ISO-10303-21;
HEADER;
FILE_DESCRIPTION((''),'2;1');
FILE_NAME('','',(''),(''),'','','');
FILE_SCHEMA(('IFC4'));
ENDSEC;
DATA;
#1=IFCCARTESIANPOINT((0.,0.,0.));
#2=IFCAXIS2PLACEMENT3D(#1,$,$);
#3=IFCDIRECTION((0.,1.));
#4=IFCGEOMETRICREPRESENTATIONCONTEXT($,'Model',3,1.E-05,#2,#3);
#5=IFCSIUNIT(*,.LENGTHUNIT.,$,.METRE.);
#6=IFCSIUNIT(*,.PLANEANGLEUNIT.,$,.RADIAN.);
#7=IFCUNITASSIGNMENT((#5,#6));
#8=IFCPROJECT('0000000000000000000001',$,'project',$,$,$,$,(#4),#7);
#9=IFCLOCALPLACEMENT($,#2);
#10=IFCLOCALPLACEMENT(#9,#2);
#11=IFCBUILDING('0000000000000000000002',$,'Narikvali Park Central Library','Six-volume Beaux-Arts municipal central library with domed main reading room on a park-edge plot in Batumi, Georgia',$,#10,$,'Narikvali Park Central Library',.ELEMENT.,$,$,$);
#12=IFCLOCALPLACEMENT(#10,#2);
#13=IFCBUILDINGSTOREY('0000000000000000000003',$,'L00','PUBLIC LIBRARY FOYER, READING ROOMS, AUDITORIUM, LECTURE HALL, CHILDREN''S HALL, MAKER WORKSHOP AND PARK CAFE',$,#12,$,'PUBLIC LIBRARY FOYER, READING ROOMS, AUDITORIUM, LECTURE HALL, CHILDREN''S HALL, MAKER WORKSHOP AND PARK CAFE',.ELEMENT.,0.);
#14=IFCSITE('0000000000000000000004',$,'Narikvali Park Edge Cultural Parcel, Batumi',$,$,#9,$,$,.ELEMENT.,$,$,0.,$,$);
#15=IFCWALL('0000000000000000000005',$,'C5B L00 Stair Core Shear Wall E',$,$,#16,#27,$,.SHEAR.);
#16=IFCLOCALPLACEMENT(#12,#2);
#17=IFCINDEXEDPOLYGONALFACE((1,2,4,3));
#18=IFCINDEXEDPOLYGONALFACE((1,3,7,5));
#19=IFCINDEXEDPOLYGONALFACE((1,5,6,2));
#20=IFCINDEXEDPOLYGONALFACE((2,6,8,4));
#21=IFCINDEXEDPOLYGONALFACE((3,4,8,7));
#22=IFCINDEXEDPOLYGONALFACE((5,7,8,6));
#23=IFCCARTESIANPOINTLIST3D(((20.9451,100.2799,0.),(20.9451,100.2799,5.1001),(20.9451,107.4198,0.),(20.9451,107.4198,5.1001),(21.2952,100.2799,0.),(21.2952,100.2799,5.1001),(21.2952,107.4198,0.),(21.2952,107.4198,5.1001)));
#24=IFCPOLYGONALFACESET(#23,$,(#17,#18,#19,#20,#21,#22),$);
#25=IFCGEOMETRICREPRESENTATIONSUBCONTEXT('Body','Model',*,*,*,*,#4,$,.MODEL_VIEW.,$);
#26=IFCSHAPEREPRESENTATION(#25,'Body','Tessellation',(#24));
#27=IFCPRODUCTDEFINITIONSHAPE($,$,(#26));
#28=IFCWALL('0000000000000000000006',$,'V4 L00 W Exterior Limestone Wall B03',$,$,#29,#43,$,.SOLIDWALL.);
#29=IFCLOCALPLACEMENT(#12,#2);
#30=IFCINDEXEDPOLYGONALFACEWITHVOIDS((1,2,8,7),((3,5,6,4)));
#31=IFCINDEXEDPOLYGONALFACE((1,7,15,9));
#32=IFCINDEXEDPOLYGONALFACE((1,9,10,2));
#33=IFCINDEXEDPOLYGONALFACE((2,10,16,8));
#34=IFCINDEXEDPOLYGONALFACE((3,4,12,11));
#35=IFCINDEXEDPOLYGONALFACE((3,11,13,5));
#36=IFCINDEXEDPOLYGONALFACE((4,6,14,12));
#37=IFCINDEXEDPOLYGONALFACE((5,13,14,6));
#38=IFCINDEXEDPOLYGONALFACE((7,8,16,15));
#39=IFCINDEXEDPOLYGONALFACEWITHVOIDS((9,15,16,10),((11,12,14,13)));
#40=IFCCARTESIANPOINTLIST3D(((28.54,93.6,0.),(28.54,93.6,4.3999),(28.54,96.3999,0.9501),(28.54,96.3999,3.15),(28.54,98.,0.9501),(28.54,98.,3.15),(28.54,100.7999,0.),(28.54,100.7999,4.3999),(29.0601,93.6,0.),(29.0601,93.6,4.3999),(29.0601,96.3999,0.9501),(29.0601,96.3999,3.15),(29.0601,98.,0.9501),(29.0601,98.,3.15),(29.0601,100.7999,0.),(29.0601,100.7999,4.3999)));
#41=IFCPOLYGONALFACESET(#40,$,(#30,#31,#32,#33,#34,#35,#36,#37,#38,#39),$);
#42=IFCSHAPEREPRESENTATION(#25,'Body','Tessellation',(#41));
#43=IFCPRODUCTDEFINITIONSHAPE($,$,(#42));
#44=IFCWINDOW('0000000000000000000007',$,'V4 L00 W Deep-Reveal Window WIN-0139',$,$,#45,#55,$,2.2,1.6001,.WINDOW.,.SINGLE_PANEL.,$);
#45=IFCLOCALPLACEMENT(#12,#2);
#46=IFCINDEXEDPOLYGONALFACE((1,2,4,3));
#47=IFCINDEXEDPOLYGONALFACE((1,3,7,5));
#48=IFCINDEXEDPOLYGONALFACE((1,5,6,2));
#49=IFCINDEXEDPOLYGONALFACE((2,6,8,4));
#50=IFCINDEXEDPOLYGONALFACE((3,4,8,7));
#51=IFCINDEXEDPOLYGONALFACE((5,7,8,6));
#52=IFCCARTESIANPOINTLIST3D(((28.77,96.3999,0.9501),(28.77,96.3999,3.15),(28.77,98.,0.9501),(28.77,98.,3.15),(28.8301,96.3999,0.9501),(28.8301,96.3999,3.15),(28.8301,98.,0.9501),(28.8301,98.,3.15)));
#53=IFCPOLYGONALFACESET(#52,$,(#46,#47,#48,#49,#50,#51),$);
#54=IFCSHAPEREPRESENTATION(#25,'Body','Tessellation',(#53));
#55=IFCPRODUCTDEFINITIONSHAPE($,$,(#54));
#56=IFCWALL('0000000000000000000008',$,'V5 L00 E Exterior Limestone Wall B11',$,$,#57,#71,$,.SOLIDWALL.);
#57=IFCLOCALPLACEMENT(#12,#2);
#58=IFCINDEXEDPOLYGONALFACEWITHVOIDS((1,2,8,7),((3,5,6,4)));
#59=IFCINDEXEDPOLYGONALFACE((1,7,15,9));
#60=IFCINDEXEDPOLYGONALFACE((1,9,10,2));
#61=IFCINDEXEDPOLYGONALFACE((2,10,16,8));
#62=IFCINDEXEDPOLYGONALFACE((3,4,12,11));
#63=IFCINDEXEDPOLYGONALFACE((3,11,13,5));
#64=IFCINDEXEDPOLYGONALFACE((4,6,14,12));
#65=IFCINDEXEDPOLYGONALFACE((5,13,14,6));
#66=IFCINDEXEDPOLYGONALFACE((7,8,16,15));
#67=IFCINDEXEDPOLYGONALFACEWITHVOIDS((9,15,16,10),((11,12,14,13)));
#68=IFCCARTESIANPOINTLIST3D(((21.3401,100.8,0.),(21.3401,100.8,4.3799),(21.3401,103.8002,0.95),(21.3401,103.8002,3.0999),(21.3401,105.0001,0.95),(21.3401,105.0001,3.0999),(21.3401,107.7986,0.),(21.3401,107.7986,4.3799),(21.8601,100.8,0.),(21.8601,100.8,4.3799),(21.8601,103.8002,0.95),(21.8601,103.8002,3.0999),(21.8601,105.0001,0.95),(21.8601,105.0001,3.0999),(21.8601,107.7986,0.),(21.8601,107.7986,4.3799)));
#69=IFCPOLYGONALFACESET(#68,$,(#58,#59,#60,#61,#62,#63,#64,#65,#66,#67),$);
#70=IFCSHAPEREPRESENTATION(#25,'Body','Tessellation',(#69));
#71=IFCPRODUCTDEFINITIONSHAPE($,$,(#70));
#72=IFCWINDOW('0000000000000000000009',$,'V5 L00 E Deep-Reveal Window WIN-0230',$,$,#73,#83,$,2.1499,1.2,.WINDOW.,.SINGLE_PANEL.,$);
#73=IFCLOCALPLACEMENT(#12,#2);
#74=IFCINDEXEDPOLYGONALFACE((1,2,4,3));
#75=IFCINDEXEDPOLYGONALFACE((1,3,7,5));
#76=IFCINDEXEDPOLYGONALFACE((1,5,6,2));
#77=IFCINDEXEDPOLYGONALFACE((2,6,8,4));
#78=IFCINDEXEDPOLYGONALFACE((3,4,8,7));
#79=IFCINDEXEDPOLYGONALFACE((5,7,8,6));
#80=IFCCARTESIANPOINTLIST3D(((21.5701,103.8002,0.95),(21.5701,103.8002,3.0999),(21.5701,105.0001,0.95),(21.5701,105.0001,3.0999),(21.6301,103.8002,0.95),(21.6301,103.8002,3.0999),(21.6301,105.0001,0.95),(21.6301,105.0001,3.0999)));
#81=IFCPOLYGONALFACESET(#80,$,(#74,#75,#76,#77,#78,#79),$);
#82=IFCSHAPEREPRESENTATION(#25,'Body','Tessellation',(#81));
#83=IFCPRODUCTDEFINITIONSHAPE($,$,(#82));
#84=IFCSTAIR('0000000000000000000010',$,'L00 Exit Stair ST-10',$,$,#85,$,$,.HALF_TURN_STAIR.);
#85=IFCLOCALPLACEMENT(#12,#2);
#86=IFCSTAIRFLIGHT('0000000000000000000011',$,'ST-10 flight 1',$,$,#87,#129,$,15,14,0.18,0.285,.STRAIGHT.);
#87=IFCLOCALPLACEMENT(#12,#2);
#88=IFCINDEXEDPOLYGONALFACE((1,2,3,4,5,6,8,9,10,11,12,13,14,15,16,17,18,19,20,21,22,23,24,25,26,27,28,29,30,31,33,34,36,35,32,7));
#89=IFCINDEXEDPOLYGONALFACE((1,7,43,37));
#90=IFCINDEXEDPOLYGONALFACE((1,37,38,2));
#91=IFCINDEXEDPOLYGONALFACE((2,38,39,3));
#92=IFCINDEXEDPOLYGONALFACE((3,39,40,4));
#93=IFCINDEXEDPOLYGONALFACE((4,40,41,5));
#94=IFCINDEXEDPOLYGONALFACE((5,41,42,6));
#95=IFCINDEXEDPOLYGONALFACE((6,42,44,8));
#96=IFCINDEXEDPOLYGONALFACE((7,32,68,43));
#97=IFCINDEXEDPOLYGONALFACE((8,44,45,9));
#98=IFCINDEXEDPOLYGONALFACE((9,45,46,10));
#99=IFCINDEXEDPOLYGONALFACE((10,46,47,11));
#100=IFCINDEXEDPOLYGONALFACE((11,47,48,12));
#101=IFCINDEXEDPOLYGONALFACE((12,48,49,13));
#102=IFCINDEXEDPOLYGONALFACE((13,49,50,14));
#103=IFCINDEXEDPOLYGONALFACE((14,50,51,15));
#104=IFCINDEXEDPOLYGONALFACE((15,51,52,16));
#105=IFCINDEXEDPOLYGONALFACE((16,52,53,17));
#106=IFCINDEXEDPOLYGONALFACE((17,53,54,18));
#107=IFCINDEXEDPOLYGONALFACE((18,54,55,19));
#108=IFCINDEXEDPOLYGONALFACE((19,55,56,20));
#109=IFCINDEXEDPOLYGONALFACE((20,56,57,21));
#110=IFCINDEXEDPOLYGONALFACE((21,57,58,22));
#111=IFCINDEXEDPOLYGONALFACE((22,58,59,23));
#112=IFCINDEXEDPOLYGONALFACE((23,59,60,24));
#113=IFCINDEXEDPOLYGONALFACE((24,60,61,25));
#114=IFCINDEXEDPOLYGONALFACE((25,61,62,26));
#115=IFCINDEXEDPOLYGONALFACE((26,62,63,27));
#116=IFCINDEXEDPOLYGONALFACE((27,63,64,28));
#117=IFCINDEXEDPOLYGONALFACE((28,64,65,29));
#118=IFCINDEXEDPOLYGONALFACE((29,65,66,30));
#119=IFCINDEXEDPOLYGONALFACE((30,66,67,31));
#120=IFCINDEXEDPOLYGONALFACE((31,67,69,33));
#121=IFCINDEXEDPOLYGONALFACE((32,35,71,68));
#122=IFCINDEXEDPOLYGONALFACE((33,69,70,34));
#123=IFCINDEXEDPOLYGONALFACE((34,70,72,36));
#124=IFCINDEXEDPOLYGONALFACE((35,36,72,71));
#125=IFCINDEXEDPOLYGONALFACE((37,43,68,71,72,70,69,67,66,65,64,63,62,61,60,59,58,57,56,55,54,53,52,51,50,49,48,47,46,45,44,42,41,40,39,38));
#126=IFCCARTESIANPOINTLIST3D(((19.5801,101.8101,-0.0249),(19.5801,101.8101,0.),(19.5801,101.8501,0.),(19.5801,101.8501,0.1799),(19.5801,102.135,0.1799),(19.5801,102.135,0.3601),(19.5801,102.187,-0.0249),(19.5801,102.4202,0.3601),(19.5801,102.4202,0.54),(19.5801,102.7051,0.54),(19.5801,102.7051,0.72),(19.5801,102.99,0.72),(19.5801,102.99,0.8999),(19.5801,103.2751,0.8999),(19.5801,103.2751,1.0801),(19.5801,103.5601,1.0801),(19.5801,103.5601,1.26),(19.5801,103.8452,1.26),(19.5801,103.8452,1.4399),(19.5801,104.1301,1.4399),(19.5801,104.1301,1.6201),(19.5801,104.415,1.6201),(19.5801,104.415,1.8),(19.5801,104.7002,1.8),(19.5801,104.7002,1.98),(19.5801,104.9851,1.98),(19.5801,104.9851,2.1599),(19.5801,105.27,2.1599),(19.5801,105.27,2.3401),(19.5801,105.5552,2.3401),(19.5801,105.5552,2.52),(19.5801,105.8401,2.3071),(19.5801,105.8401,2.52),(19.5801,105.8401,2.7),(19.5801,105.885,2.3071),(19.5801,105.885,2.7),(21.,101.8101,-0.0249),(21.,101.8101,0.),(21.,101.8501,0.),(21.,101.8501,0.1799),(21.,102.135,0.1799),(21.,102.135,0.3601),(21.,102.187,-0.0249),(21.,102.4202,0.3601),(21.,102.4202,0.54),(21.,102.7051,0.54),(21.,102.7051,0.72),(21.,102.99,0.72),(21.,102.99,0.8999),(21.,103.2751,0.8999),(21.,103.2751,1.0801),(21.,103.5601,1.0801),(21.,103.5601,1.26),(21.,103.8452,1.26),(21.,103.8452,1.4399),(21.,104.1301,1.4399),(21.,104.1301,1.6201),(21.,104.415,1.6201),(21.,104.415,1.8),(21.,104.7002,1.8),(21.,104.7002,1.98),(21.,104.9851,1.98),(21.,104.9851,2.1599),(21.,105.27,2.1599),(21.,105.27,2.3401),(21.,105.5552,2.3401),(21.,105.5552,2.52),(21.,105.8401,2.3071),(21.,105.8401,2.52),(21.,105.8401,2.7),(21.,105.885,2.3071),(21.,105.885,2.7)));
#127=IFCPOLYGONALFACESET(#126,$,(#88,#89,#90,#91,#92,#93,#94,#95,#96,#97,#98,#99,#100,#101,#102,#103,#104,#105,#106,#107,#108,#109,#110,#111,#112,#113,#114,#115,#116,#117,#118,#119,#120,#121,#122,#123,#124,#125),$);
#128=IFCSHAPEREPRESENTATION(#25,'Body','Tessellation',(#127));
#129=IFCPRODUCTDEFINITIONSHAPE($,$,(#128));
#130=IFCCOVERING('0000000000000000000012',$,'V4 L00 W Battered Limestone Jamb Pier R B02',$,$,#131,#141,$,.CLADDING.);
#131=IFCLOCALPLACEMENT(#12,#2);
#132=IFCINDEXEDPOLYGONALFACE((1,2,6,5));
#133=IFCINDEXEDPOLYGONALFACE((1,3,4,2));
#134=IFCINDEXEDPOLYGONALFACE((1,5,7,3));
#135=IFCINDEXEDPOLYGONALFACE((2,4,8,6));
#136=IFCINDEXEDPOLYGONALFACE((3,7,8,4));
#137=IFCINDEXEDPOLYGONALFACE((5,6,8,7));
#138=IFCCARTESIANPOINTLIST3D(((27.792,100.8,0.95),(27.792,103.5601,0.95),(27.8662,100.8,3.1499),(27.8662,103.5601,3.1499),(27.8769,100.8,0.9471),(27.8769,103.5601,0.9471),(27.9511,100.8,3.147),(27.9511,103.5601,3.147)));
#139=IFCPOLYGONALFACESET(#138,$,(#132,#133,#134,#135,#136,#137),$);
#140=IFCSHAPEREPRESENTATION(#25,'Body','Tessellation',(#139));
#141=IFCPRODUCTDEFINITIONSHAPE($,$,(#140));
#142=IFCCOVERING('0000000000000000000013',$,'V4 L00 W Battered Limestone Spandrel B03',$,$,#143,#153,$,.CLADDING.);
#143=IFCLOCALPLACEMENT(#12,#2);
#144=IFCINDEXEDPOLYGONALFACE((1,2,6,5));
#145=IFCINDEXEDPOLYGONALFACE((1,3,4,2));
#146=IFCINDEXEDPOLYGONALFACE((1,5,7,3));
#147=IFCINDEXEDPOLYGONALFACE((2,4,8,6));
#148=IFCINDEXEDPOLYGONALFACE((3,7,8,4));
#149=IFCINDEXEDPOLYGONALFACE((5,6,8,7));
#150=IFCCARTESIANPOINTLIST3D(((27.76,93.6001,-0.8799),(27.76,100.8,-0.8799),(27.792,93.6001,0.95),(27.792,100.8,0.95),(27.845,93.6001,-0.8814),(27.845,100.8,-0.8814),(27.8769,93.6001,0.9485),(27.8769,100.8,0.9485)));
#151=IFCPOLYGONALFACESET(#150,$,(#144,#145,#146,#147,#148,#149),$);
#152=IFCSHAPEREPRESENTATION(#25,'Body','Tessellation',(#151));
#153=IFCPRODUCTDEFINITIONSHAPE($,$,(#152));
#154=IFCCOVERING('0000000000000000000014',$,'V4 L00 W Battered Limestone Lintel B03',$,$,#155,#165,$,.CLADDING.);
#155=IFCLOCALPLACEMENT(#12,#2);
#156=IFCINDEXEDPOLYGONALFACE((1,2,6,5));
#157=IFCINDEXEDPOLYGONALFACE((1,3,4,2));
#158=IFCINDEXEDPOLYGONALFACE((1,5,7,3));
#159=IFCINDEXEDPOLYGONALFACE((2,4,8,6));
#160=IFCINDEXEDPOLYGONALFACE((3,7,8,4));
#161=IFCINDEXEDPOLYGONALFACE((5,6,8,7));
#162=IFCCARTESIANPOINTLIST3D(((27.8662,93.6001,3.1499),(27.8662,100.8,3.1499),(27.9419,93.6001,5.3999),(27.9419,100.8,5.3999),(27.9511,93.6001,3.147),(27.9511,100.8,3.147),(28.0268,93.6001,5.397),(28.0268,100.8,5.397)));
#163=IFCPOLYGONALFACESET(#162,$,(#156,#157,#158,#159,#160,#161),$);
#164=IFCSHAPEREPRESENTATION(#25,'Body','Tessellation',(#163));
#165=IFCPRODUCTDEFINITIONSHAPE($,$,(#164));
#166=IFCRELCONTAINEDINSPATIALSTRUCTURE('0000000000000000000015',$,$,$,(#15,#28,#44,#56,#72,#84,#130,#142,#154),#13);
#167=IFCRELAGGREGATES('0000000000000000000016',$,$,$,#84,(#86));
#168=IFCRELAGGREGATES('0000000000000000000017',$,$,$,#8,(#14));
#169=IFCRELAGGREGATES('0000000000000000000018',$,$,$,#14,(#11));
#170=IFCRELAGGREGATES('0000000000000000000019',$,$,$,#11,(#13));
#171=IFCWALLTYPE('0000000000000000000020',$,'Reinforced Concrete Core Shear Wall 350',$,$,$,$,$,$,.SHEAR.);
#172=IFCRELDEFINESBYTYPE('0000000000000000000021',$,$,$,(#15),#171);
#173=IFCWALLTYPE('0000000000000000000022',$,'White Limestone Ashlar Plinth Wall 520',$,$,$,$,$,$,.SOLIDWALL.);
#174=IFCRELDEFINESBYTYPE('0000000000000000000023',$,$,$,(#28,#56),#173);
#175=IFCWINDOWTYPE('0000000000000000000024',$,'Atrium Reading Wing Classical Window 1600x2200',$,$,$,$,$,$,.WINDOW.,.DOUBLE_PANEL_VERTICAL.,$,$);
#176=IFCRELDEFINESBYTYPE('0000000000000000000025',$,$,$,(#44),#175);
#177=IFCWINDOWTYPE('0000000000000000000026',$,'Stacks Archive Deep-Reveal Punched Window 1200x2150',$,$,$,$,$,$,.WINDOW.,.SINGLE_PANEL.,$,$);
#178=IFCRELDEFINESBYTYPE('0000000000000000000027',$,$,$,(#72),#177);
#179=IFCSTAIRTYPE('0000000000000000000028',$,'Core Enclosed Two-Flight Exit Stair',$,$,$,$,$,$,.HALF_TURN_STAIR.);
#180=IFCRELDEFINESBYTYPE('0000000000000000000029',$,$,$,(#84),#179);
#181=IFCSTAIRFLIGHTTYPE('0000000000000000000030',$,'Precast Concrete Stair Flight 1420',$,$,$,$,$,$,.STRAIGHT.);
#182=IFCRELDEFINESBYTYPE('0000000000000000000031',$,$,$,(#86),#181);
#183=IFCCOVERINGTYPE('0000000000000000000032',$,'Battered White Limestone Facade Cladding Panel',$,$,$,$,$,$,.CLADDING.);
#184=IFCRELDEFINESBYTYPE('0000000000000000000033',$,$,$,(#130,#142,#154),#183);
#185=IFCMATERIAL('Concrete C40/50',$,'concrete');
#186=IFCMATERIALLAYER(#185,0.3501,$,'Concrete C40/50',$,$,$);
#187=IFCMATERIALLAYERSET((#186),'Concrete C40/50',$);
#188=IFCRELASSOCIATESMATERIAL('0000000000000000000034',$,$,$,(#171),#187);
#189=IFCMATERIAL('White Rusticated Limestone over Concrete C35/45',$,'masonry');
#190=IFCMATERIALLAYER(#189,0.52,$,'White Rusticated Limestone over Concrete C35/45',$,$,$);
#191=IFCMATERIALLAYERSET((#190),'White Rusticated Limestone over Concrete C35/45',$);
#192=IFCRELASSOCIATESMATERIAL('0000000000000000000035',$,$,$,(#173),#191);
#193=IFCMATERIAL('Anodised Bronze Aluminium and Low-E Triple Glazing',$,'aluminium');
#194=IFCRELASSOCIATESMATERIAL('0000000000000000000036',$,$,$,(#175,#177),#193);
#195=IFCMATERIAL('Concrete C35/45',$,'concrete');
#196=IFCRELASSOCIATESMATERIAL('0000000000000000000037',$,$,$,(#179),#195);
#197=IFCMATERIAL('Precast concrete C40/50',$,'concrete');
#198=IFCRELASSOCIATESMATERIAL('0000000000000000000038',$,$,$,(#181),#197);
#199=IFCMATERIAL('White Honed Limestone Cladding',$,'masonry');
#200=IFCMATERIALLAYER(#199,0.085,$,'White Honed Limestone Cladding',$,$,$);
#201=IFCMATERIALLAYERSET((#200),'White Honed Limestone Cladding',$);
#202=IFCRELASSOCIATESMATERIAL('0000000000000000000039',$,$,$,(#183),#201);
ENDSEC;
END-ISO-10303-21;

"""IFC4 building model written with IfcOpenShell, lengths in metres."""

from ifc_helpers import new_model, si_unit, direction, frame, frame_2d, origin, place, context, subcontext, project, spatial, polyline, rectangle, outline, extrude, material, layer, layer_set, type_object, element, fill, aggregate, save


model = new_model("IFC4")

# Units and contexts
model_context = context("Model", 3, precision=1e-05, world=origin(), true_north=direction((0.0, 1.0)))
body_context = subcontext(model_context, "Body", "Model", "MODEL_VIEW")
ifc_project = project(units=[si_unit("LENGTHUNIT", "METRE"), si_unit("PLANEANGLEUNIT", "RADIAN")], contexts=[model_context])

# Site, building, storey
site_placement = place(None, origin())
site = spatial("IfcSite", under=ifc_project, at=site_placement, Name="Narikvali Park Edge Cultural Parcel, Batumi", CompositionType="ELEMENT", RefElevation=0.0)
building_placement = place(site_placement, origin())
building = spatial("IfcBuilding", under=site, at=building_placement, Name="Narikvali Park Central Library", Description="Six-volume Beaux-Arts municipal central library with domed main reading room on a park-edge plot in Batumi, Georgia", LongName="Narikvali Park Central Library", CompositionType="ELEMENT")
storey_placement = place(building_placement, origin())
storey = spatial("IfcBuildingStorey", under=building, at=storey_placement, Name="L00", Description="PUBLIC LIBRARY FOYER, READING ROOMS, AUDITORIUM, LECTURE HALL, CHILDREN'S HALL, MAKER WORKSHOP AND PARK CAFE", LongName="PUBLIC LIBRARY FOYER, READING ROOMS, AUDITORIUM, LECTURE HALL, CHILDREN'S HALL, MAKER WORKSHOP AND PARK CAFE", CompositionType="ELEMENT", Elevation=0.0)

# Wall
ifc_material_1 = material(Name="Concrete C40/50", Category="concrete")
ifc_layer_1 = layer(ifc_material_1, 0.3501, Name="Concrete C40/50")
ifc_layer_set_1 = layer_set([ifc_layer_1], Name="Concrete C40/50")
wall_type_1 = type_object("IfcWallType", Name="Reinforced Concrete Core Shear Wall 350", PredefinedType="SHEAR", material=ifc_layer_set_1)
wall_1_placement = place(storey_placement, frame((21.1201, 100.28, 0.0), z_axis=(0.0, 0.0, 1.0), x_axis=(0.0, 1.0, 0.0)))
element("IfcWall", 1, at=wall_1_placement, inside=storey, type_object=wall_type_1, Name="C5B L00 Stair Core Shear Wall E", PredefinedType="SHEAR", context=body_context, shape_type="SweptSolid", body=[
    extrude(rectangle(XDim=7.1399, YDim=0.3501, at=frame_2d((3.5698, 0.0))), origin(), (0.0, 0.0, 1.0), 5.1001),
])

# Walls, openings, windows
ifc_material_2 = material(Name="White Rusticated Limestone over Concrete C35/45", Category="masonry")
ifc_layer_2 = layer(ifc_material_2, 0.52, Name="White Rusticated Limestone over Concrete C35/45")
ifc_layer_set_2 = layer_set([ifc_layer_2], Name="White Rusticated Limestone over Concrete C35/45")
wall_type_2 = type_object("IfcWallType", Name="White Limestone Ashlar Plinth Wall 520", PredefinedType="SOLIDWALL", material=ifc_layer_set_2)
wall_2_placement = place(storey_placement, frame((28.8, 100.8, 0.0), z_axis=(0.0, 0.0, 1.0), x_axis=(0.0, -1.0, 0.0)))
wall_2 = element("IfcWall", 2, at=wall_2_placement, inside=storey, type_object=wall_type_2, Name="V4 L00 W Exterior Limestone Wall B03", PredefinedType="SOLIDWALL", context=body_context, shape_type="SweptSolid", body=[
    extrude(rectangle(XDim=7.2, YDim=0.52, at=frame_2d((3.6001, 0.0))), origin(), (0.0, 0.0, 1.0), 4.3999),
])
opening_1_placement = place(wall_2_placement, frame((2.8, 0.0, 0.95)))
opening_1 = element("IfcOpeningElement", 3, at=opening_1_placement, cuts=wall_2, PredefinedType="OPENING", context=body_context, shape_type="SweptSolid", body=[
    extrude(rectangle(XDim=1.6001, YDim=2.2, at=frame_2d((0.8, 1.1001))), frame((0.0, 0.272, 0.0), z_axis=(0.0, -1.0, 0.0), x_axis=(1.0, 0.0, 0.0)), (0.0, 0.0, 1.0), 0.5439),
])
ifc_material_3 = material(Name="Anodised Bronze Aluminium and Low-E Triple Glazing", Category="aluminium")
window_type_1 = type_object("IfcWindowType", Name="Atrium Reading Wing Classical Window 1600x2200", PartitioningType="DOUBLE_PANEL_VERTICAL", PredefinedType="WINDOW", material=ifc_material_3)
window_1_placement = place(opening_1_placement, origin())
window_1 = element("IfcWindow", 4, at=window_1_placement, inside=storey, type_object=window_type_1, Name="V4 L00 W Deep-Reveal Window WIN-0139", OverallHeight=2.2, OverallWidth=1.6001, PartitioningType="SINGLE_PANEL", PredefinedType="WINDOW", context=body_context, shape_type="SweptSolid", body=[
    extrude(rectangle(XDim=1.6001, YDim=2.2, at=frame_2d((0.8, 1.1001))), frame((0.0, 0.03, 0.0), z_axis=(0.0, -1.0, 0.0), x_axis=(1.0, 0.0, 0.0)), (0.0, 0.0, 1.0), 0.0601),
])
fill(opening_1, window_1)
wall_3_placement = place(storey_placement, frame((21.6001, 100.8, 0.0), z_axis=(0.0, 0.0, 1.0), x_axis=(0.0, 1.0, 0.0)))
wall_3 = element("IfcWall", 5, at=wall_3_placement, inside=storey, type_object=wall_type_2, Name="V5 L00 E Exterior Limestone Wall B11", PredefinedType="SOLIDWALL", context=body_context, shape_type="SweptSolid", body=[
    extrude(rectangle(XDim=6.9985, YDim=0.52, at=frame_2d((3.4993, 0.0))), origin(), (0.0, 0.0, 1.0), 4.3799),
])
opening_2_placement = place(wall_3_placement, frame((3.0, 0.0, 0.95)))
opening_2 = element("IfcOpeningElement", 6, at=opening_2_placement, cuts=wall_3, PredefinedType="OPENING", context=body_context, shape_type="SweptSolid", body=[
    extrude(rectangle(XDim=1.2, YDim=2.1499, at=frame_2d((0.6001, 1.075))), frame((0.0, 0.272, 0.0), z_axis=(0.0, -1.0, 0.0), x_axis=(1.0, 0.0, 0.0)), (0.0, 0.0, 1.0), 0.5439),
])
window_type_2 = type_object("IfcWindowType", Name="Stacks Archive Deep-Reveal Punched Window 1200x2150", PartitioningType="SINGLE_PANEL", PredefinedType="WINDOW", material=ifc_material_3)
window_2_placement = place(opening_2_placement, origin())
window_2 = element("IfcWindow", 7, at=window_2_placement, inside=storey, type_object=window_type_2, Name="V5 L00 E Deep-Reveal Window WIN-0230", OverallHeight=2.1499, OverallWidth=1.2, PartitioningType="SINGLE_PANEL", PredefinedType="WINDOW", context=body_context, shape_type="SweptSolid", body=[
    extrude(rectangle(XDim=1.2, YDim=2.1499, at=frame_2d((0.6001, 1.075))), frame((0.0, 0.03, 0.0), z_axis=(0.0, -1.0, 0.0), x_axis=(1.0, 0.0, 0.0)), (0.0, 0.0, 1.0), 0.0601),
])
fill(opening_2, window_2)

# Stair, stair flight
ifc_material_4 = material(Name="Concrete C35/45", Category="concrete")
stair_type = type_object("IfcStairType", Name="Core Enclosed Two-Flight Exit Stair", PredefinedType="HALF_TURN_STAIR", material=ifc_material_4)
stair_placement = place(storey_placement, origin())
stair = element("IfcStair", 8, at=stair_placement, inside=storey, type_object=stair_type, Name="L00 Exit Stair ST-10", PredefinedType="HALF_TURN_STAIR")
ifc_material_5 = material(Name="Precast concrete C40/50", Category="concrete")
stair_flight_type = type_object("IfcStairFlightType", Name="Precast Concrete Stair Flight 1420", PredefinedType="STRAIGHT", material=ifc_material_5)
stair_flight_placement = place(storey_placement, frame((20.29, 101.8501, 0.0), z_axis=(0.0, 0.0, 1.0), x_axis=(0.0, 1.0, 0.0)))
stair_flight = element("IfcStairFlight", 9, at=stair_flight_placement, type_object=stair_flight_type, Name="ST-10 flight 1", NumberOfRisers=15, NumberOfTreads=14, PredefinedType="STRAIGHT", RiserHeight=0.18, TreadLength=0.285, context=body_context, shape_type="SweptSolid", body=[
    extrude(outline(polyline([(-0.04, -0.0249), (-0.04, 0.0), (0.0, 0.0), (0.0, 0.1799), (0.2849, 0.1799), (0.2849, 0.3601), (0.5701, 0.3601), (0.5701, 0.54), (0.855, 0.54), (0.855, 0.72), (1.1399, 0.72), (1.1399, 0.8999), (1.425, 0.8999), (1.425, 1.0801), (1.71, 1.0801), (1.71, 1.26), (1.9951, 1.26), (1.9951, 1.4399), (2.28, 1.4399), (2.28, 1.6201), (2.5649, 1.6201), (2.5649, 1.8), (2.8501, 1.8), (2.8501, 1.98), (3.135, 1.98), (3.135, 2.1599), (3.4199, 2.1599), (3.4199, 2.3401), (3.7051, 2.3401), (3.7051, 2.52), (3.99, 2.52), (3.99, 2.7), (4.0349, 2.7), (4.0349, 2.3071), (3.99, 2.3071), (0.3369, -0.0249), (-0.04, -0.0249)])), frame((0.0, 0.71, 0.0), z_axis=(0.0, -1.0, 0.0), x_axis=(1.0, 0.0, 0.0)), (0.0, 0.0, 1.0), 1.4199),
])
aggregate(stair, [stair_flight])

# Coverings
ifc_material_6 = material(Name="White Honed Limestone Cladding", Category="masonry")
ifc_layer_3 = layer(ifc_material_6, 0.085, Name="White Honed Limestone Cladding")
ifc_layer_set_3 = layer_set([ifc_layer_3], Name="White Honed Limestone Cladding")
covering_type = type_object("IfcCoveringType", Name="Battered White Limestone Facade Cladding Panel", PredefinedType="CLADDING", material=ifc_layer_set_3)
covering_1_placement = place(storey_placement, frame((27.792, 103.5601, 0.95), z_axis=(-0.999431, 0.0, 0.033717), x_axis=(0.0, -1.0, 0.0)))
element("IfcCovering", 10, at=covering_1_placement, inside=storey, type_object=covering_type, Name="V4 L00 W Battered Limestone Jamb Pier R B02", PredefinedType="CLADDING", context=body_context, shape_type="SweptSolid", body=[
    extrude(outline(polyline([(0.0, 0.0), (2.76, 0.0), (2.76, 2.2012), (0.0, 2.2012), (0.0, 0.0)])), origin(), (0.0, 0.0, -1.0), 0.085),
])
covering_2_placement = place(storey_placement, frame((27.76, 100.8, -0.8799), z_axis=(-0.999847, 0.0, 0.017476), x_axis=(0.0, -1.0, 0.0)))
element("IfcCovering", 11, at=covering_2_placement, inside=storey, type_object=covering_type, Name="V4 L00 W Battered Limestone Spandrel B03", PredefinedType="CLADDING", context=body_context, shape_type="SweptSolid", body=[
    extrude(outline(polyline([(0.0, 0.0), (7.2, 0.0), (7.2, 1.8301), (0.0, 1.8301), (0.0, 0.0)])), origin(), (0.0, 0.0, -1.0), 0.085),
])
covering_3_placement = place(storey_placement, frame((27.8662, 100.8, 3.1499), z_axis=(-0.999435, 0.0, 0.033618), x_axis=(0.0, -1.0, 0.0)))
element("IfcCovering", 12, at=covering_3_placement, inside=storey, type_object=covering_type, Name="V4 L00 W Battered Limestone Lintel B03", PredefinedType="CLADDING", context=body_context, shape_type="SweptSolid", body=[
    extrude(outline(polyline([(0.0, 0.0), (7.2, 0.0), (7.2, 2.2513), (0.0, 2.2513), (0.0, 0.0)])), origin(), (0.0, 0.0, -1.0), 0.085),
])

save(model, "model.ifc")
